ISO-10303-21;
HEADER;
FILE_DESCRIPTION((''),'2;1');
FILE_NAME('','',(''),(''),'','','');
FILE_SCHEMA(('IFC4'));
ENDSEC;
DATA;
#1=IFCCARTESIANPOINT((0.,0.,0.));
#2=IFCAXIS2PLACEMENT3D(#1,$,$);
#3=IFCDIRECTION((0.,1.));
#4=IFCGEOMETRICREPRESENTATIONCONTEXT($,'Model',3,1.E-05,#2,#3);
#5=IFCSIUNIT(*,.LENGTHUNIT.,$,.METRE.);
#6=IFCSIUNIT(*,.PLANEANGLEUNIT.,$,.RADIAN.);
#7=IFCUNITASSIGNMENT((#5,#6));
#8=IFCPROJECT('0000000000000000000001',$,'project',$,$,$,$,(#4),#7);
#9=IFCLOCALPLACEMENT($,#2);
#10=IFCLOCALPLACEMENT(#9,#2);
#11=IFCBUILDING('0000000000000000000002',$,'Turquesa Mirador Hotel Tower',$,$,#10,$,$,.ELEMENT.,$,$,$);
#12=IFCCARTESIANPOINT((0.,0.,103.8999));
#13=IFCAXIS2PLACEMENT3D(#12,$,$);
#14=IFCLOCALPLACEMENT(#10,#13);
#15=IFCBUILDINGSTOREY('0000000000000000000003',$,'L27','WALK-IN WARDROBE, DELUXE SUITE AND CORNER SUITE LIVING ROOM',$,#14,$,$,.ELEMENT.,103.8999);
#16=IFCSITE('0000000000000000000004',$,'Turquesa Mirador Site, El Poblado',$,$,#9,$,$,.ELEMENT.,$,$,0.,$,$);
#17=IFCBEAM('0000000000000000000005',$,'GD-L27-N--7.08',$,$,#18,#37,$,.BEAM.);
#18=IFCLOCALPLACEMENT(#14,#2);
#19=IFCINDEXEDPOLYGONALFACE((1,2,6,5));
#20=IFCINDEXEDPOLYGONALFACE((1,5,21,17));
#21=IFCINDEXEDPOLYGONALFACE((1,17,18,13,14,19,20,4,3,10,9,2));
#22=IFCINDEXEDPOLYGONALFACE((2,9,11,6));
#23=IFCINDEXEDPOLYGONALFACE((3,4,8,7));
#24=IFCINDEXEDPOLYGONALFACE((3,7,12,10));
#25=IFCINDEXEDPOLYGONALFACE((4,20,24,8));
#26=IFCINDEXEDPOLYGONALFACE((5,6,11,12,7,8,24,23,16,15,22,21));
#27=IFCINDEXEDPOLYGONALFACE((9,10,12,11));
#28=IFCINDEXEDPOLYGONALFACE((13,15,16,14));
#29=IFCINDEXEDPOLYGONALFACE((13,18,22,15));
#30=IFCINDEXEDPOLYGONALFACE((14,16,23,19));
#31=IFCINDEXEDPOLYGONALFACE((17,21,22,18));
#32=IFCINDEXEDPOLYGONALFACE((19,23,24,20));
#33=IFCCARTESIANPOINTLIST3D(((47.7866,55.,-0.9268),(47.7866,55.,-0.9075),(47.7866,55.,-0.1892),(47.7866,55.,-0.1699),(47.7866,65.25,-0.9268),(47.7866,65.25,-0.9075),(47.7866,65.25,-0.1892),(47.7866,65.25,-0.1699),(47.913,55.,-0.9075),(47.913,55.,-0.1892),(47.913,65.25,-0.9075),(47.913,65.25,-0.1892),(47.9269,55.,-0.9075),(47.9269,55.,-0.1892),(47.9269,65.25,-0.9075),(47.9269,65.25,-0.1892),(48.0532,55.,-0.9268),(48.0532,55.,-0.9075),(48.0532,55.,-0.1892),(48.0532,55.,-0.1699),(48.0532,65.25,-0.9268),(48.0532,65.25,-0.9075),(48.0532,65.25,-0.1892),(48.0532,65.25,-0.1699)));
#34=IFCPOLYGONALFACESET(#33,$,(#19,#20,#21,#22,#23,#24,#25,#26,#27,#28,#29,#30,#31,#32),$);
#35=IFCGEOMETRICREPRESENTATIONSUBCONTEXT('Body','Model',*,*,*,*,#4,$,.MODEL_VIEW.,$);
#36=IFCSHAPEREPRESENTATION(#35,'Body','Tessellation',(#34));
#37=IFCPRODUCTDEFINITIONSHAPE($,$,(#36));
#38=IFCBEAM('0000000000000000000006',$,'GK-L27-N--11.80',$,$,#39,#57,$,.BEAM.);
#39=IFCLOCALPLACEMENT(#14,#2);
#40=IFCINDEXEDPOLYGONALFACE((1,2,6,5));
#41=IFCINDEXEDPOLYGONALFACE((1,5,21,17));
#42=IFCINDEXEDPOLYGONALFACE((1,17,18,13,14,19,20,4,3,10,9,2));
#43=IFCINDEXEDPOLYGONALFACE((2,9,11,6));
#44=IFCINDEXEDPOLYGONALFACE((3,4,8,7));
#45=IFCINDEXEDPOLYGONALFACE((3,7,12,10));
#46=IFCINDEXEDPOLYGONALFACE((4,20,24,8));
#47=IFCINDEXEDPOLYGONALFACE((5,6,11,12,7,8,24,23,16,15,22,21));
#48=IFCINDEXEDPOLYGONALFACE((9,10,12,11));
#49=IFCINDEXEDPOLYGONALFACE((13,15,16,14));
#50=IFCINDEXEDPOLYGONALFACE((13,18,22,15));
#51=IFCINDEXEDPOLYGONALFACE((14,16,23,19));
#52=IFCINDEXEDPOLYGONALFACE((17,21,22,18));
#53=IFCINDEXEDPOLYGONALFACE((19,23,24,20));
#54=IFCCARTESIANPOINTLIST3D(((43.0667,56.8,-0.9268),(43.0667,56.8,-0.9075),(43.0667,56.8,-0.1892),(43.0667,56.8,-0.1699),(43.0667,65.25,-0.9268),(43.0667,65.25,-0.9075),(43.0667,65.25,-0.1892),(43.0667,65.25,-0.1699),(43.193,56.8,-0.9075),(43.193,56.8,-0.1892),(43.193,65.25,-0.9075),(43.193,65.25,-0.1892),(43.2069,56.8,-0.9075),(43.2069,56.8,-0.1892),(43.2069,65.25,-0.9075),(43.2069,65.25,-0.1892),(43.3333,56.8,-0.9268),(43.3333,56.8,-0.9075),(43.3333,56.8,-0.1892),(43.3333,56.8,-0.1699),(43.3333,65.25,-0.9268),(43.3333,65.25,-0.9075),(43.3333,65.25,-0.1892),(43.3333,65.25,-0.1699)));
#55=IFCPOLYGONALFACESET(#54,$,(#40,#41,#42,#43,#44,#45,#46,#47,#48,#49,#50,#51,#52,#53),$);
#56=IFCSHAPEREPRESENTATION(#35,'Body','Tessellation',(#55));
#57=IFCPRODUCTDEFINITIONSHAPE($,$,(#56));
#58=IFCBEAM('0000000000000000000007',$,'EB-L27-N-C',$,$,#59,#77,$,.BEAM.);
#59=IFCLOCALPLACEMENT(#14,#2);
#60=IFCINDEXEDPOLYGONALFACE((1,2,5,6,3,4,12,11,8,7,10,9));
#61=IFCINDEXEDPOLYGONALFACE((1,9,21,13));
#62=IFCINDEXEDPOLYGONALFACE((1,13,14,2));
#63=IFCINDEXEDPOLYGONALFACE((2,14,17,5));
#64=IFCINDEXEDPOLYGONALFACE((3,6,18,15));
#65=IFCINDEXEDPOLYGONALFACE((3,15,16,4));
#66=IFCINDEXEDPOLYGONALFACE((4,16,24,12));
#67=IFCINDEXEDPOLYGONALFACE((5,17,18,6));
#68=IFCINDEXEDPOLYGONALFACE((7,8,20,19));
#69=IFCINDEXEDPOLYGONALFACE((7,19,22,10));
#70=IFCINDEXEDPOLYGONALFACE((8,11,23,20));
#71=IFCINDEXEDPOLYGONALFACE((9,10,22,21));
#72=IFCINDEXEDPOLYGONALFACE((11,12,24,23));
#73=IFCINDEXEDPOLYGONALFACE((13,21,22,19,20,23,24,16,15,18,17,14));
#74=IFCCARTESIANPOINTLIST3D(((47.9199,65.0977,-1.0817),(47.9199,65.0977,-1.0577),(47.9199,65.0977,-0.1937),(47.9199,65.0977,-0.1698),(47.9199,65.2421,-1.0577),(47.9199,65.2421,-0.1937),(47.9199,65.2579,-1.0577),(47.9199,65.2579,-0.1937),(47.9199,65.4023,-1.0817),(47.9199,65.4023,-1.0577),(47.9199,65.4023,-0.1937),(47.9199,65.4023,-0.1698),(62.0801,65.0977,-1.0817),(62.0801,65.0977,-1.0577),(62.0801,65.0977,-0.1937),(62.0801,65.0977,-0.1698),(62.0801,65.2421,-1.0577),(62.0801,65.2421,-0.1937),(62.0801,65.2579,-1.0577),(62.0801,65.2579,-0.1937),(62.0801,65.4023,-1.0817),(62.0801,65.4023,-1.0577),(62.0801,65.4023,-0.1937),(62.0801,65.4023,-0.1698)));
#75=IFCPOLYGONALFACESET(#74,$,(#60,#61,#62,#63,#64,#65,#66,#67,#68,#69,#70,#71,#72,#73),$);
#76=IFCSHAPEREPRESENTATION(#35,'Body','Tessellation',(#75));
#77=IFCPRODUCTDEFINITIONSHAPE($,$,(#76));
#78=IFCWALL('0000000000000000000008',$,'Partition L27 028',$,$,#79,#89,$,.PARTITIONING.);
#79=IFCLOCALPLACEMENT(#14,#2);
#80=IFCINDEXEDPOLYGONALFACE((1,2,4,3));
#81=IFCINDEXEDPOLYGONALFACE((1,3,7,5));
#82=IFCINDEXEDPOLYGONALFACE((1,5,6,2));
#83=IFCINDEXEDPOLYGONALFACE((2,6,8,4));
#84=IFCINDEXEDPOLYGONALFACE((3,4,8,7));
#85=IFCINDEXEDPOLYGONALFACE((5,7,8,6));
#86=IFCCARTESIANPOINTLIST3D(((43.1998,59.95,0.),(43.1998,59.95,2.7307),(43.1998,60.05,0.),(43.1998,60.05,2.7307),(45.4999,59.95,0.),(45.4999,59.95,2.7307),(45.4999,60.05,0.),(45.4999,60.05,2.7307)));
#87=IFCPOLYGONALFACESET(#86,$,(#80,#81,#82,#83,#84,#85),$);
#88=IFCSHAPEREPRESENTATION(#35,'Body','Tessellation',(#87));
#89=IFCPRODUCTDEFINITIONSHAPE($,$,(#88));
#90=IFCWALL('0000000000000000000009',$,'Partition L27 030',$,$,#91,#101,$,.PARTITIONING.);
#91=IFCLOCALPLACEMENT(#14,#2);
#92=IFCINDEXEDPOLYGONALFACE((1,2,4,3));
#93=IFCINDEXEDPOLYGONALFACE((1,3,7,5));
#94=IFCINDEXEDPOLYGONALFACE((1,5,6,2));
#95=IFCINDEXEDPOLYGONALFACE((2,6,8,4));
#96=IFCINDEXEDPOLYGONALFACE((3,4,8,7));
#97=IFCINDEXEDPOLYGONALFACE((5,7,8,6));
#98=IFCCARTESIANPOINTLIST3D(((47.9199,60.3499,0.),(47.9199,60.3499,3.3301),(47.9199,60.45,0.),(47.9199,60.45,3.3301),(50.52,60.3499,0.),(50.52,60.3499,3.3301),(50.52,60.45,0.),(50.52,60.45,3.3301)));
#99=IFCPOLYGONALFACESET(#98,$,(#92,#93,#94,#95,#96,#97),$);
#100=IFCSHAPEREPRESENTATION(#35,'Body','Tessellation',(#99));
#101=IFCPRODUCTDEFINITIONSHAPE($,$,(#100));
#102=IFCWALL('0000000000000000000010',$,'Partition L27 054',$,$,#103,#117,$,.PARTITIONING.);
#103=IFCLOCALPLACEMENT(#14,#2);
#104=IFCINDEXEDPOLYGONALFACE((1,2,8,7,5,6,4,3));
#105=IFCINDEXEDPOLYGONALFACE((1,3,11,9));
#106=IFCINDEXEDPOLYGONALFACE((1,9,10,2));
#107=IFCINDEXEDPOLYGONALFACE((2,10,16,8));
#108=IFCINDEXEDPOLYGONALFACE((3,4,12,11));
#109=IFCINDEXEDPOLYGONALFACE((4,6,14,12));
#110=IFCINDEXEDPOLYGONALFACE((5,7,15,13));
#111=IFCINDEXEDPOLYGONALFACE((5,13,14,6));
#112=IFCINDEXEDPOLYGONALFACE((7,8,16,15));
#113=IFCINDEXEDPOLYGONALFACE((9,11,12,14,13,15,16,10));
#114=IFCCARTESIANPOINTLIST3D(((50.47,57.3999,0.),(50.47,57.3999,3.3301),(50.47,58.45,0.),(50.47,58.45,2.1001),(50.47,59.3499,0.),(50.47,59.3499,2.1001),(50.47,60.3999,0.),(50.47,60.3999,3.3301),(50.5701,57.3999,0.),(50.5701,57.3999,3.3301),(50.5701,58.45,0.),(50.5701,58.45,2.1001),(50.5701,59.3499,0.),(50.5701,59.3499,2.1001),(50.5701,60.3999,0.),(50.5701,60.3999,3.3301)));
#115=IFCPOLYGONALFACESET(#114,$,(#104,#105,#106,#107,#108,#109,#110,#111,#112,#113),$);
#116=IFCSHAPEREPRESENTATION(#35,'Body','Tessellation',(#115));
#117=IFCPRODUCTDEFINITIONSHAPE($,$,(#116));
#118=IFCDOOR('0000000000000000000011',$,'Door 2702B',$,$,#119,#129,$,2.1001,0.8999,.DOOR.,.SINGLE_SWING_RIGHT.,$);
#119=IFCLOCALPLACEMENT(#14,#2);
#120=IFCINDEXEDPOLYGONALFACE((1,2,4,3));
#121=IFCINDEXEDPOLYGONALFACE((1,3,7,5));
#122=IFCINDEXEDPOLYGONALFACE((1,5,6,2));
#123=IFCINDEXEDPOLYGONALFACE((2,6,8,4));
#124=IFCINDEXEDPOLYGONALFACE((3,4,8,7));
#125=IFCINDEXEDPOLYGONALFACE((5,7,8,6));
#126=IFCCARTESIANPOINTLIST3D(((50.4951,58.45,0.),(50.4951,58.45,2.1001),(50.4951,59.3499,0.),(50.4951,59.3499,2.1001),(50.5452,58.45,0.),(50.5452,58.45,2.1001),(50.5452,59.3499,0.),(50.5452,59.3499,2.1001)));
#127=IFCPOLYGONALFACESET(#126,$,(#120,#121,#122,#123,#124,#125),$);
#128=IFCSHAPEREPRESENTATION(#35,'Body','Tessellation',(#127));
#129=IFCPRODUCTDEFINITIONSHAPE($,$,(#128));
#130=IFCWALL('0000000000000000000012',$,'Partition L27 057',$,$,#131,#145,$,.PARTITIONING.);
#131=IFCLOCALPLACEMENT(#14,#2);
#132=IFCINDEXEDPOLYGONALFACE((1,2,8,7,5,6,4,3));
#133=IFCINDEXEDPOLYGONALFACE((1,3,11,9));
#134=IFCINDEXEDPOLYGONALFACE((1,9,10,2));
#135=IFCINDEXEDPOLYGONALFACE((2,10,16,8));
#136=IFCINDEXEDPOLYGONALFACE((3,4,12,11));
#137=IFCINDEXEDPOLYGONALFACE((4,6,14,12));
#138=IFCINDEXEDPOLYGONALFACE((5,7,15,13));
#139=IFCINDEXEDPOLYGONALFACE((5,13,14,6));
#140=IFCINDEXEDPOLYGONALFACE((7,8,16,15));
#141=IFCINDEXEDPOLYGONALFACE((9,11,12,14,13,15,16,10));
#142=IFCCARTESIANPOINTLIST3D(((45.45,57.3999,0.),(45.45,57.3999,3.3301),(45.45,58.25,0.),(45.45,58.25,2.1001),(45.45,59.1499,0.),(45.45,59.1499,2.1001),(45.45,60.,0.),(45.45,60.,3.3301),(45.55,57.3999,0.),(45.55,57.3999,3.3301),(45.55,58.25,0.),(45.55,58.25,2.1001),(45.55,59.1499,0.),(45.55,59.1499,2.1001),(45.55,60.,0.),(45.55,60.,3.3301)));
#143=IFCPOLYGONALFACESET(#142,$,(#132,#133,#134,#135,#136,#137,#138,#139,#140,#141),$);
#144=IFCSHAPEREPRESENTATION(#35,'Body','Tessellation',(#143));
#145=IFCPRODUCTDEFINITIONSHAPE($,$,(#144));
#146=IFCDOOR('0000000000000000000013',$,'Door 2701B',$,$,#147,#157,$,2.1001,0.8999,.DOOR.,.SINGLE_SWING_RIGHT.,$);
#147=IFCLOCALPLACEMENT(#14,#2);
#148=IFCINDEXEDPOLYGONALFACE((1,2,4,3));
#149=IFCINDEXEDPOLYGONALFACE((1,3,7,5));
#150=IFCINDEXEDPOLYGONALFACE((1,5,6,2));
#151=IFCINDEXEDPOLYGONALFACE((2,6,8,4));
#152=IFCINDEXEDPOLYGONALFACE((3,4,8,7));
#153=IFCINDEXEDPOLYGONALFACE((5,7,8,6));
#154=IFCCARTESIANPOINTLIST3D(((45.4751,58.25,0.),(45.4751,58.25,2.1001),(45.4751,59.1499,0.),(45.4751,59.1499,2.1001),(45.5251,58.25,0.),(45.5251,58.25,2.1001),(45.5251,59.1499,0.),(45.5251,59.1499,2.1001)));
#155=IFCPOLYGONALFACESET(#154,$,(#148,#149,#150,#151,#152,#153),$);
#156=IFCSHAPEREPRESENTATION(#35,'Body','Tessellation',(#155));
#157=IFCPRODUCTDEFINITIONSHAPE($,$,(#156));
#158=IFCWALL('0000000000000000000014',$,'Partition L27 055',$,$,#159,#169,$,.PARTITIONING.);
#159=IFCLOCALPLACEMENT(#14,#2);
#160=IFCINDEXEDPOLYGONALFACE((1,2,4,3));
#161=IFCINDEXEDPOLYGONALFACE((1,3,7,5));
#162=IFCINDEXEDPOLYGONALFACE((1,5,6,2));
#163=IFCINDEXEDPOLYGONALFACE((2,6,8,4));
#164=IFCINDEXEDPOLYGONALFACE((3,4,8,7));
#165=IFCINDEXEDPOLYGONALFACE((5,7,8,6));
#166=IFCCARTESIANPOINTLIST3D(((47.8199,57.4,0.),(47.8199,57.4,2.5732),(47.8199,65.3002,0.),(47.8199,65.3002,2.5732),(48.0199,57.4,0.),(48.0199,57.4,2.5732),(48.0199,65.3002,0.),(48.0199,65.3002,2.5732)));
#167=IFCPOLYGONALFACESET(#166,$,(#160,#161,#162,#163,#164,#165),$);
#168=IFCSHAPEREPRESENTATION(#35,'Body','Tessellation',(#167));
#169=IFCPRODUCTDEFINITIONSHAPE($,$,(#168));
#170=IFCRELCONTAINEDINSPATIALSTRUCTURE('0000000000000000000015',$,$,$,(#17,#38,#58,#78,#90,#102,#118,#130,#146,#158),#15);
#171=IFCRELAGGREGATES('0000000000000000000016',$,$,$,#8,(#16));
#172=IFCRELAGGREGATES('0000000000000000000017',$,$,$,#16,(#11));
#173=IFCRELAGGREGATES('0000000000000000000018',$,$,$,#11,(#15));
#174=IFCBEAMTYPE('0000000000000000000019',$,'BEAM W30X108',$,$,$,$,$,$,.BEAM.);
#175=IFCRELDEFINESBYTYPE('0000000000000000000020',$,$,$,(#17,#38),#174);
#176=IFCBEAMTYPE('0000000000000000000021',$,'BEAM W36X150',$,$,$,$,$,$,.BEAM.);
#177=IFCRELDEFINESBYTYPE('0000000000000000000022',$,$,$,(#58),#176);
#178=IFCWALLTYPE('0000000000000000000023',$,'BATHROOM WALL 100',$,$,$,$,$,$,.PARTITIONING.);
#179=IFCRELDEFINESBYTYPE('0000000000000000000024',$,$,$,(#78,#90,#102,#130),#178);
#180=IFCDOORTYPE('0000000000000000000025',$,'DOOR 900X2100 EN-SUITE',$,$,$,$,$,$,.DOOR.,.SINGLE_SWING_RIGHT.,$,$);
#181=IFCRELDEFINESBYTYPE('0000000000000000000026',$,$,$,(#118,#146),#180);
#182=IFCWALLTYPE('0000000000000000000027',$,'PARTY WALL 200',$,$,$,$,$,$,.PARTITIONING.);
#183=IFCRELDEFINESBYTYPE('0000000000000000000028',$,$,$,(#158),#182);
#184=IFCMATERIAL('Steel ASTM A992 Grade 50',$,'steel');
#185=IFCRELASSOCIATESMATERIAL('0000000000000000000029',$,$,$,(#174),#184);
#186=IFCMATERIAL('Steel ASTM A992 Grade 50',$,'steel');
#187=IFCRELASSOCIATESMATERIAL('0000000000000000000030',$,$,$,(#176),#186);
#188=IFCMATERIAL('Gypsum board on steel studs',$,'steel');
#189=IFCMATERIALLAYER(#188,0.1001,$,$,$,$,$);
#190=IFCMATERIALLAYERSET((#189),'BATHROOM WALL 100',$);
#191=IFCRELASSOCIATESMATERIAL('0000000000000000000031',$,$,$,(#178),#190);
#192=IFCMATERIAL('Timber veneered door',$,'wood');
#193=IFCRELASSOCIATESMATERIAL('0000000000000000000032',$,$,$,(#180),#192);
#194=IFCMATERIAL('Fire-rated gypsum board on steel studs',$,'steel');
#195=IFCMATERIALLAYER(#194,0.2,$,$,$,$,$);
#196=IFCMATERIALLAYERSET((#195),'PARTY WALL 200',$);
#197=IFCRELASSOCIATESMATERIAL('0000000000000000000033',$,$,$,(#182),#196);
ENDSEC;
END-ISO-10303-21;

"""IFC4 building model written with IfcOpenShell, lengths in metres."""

from ifc_helpers import new_model, si_unit, direction, frame, frame_2d, origin, origin_2d, place, context, subcontext, project, spatial, rectangle, i_section, extrude, material, layer, layer_set, material_profile, profile_set, type_object, element, fill, save


model = new_model("IFC4")

# Units and contexts
model_context = context("Model", 3, precision=1e-05, world=origin(), true_north=direction((0.0, 1.0)))
body_context = subcontext(model_context, "Body", "Model", "MODEL_VIEW")
ifc_project = project(units=[si_unit("LENGTHUNIT", "METRE"), si_unit("PLANEANGLEUNIT", "RADIAN")], contexts=[model_context])

# Site, building, storey
site_placement = place(None, origin())
site = spatial("IfcSite", under=ifc_project, at=site_placement, Name="Turquesa Mirador Site, El Poblado", CompositionType="ELEMENT", RefElevation=0.0)
building_placement = place(site_placement, origin())
building = spatial("IfcBuilding", under=site, at=building_placement, Name="Turquesa Mirador Hotel Tower", CompositionType="ELEMENT")
storey_placement = place(building_placement, frame((0.0, 0.0, 103.8999)))
storey = spatial("IfcBuildingStorey", under=building, at=storey_placement, Name="L27", Description="WALK-IN WARDROBE, DELUXE SUITE AND CORNER SUITE LIVING ROOM", CompositionType="ELEMENT", Elevation=103.8999)

# Beams
ifc_material_1 = material(Name="Steel ASTM A992 Grade 50", Category="steel")
ifc_material_profile_1 = material_profile(ifc_material_1, i_section(OverallWidth=0.2666, OverallDepth=0.7568, WebThickness=0.0139, FlangeThickness=0.0193, at=origin_2d()), Name="W30X108")
ifc_profile_set_1 = profile_set([ifc_material_profile_1], Name="Steel ASTM A992 Grade 50")
beam_type_1 = type_object("IfcBeamType", Name="BEAM W30X108", PredefinedType="BEAM", material=ifc_profile_set_1)
beam_1_placement = place(storey_placement, frame((47.9199, 65.25, -0.5483), z_axis=(0.0, -1.0, 0.0), x_axis=(1.0, 0.0, 0.0)))
element("IfcBeam", 1, at=beam_1_placement, inside=storey, type_object=beam_type_1, Name="GD-L27-N--7.08", PredefinedType="BEAM", context=body_context, shape_type="SweptSolid", body=[
    extrude(i_section(OverallWidth=0.2666, OverallDepth=0.7568, WebThickness=0.0139, FlangeThickness=0.0193, at=origin_2d()), origin(), (0.0, 0.0, 1.0), 10.25),
])
beam_2_placement = place(storey_placement, frame((43.2, 65.25, -0.5483), z_axis=(0.0, -1.0, 0.0), x_axis=(1.0, 0.0, 0.0)))
element("IfcBeam", 2, at=beam_2_placement, inside=storey, type_object=beam_type_1, Name="GK-L27-N--11.80", PredefinedType="BEAM", context=body_context, shape_type="SweptSolid", body=[
    extrude(i_section(OverallWidth=0.2666, OverallDepth=0.7568, WebThickness=0.0139, FlangeThickness=0.0193, at=origin_2d()), origin(), (0.0, 0.0, 1.0), 8.45),
])
ifc_material_2 = material(Name="Steel ASTM A992 Grade 50", Category="steel")
ifc_material_profile_2 = material_profile(ifc_material_2, i_section(OverallWidth=0.3047, OverallDepth=0.9119, WebThickness=0.0159, FlangeThickness=0.0239, at=origin_2d()), Name="W36X150")
ifc_profile_set_2 = profile_set([ifc_material_profile_2], Name="Steel ASTM A992 Grade 50")
beam_type_2 = type_object("IfcBeamType", Name="BEAM W36X150", PredefinedType="BEAM", material=ifc_profile_set_2)
beam_3_placement = place(storey_placement, frame((47.9199, 65.25, -0.6257), z_axis=(1.0, 0.0, 0.0), x_axis=(0.0, 1.0, 0.0)))
element("IfcBeam", 3, at=beam_3_placement, inside=storey, type_object=beam_type_2, Name="EB-L27-N-C", PredefinedType="BEAM", context=body_context, shape_type="SweptSolid", body=[
    extrude(i_section(OverallWidth=0.3047, OverallDepth=0.9119, WebThickness=0.0159, FlangeThickness=0.0239, at=origin_2d()), origin(), (0.0, 0.0, 1.0), 14.1602),
])

# Walls
ifc_material_3 = material(Name="Gypsum board on steel studs", Category="steel")
ifc_layer_1 = layer(ifc_material_3, 0.1001)
ifc_layer_set_1 = layer_set([ifc_layer_1], Name="BATHROOM WALL 100")
wall_type_1 = type_object("IfcWallType", Name="BATHROOM WALL 100", PredefinedType="PARTITIONING", material=ifc_layer_set_1)
wall_1_placement = place(storey_placement, frame((43.2, 60.0, 0.0), z_axis=(0.0, 0.0, 1.0), x_axis=(1.0, 0.0, 0.0)))
element("IfcWall", 4, at=wall_1_placement, inside=storey, type_object=wall_type_1, Name="Partition L27 028", PredefinedType="PARTITIONING", context=body_context, shape_type="SweptSolid", body=[
    extrude(rectangle(XDim=2.3, YDim=0.1001, at=frame_2d((1.1499, 0.0))), origin(), (0.0, 0.0, 1.0), 2.7307),
])
wall_2_placement = place(storey_placement, frame((47.9199, 60.3999, 0.0), z_axis=(0.0, 0.0, 1.0), x_axis=(1.0, 0.0, 0.0)))
element("IfcWall", 5, at=wall_2_placement, inside=storey, type_object=wall_type_1, Name="Partition L27 030", PredefinedType="PARTITIONING", context=body_context, shape_type="SweptSolid", body=[
    extrude(rectangle(XDim=2.6001, YDim=0.1001, at=frame_2d((1.3, 0.0))), origin(), (0.0, 0.0, 1.0), 3.3301),
])

# Walls, openings, doors
wall_3_placement = place(storey_placement, frame((50.52, 57.3999, 0.0), z_axis=(0.0, 0.0, 1.0), x_axis=(0.0, 1.0, 0.0)))
wall_3 = element("IfcWall", 6, at=wall_3_placement, inside=storey, type_object=wall_type_1, Name="Partition L27 054", PredefinedType="PARTITIONING", context=body_context, shape_type="SweptSolid", body=[
    extrude(rectangle(XDim=3.0, YDim=0.1001, at=frame_2d((1.5, 0.0))), origin(), (0.0, 0.0, 1.0), 3.3301),
])
opening_1_placement = place(wall_3_placement, frame((1.05, 0.0, 0.0)))
opening_1 = element("IfcOpeningElement", 7, at=opening_1_placement, cuts=wall_3, PredefinedType="OPENING", context=body_context, shape_type="SweptSolid", body=[
    extrude(rectangle(XDim=0.8999, YDim=2.1001, at=frame_2d((0.45, 1.05))), frame((0.0, 0.0601, 0.0), z_axis=(0.0, -1.0, 0.0), x_axis=(1.0, 0.0, 0.0)), (0.0, 0.0, 1.0), 0.1201),
])
ifc_material_4 = material(Name="Timber veneered door", Category="wood")
door_type = type_object("IfcDoorType", Name="DOOR 900X2100 EN-SUITE", OperationType="SINGLE_SWING_RIGHT", PredefinedType="DOOR", material=ifc_material_4)
door_1_placement = place(opening_1_placement, origin())
door_1 = element("IfcDoor", 8, at=door_1_placement, inside=storey, type_object=door_type, Name="Door 2702B", OperationType="SINGLE_SWING_RIGHT", OverallHeight=2.1001, OverallWidth=0.8999, PredefinedType="DOOR", context=body_context, shape_type="SweptSolid", body=[
    extrude(rectangle(XDim=0.8999, YDim=2.1001, at=frame_2d((0.45, 1.05))), frame((0.0, 0.0249, 0.0), z_axis=(0.0, -1.0, 0.0), x_axis=(1.0, 0.0, 0.0)), (0.0, 0.0, 1.0), 0.05),
])
fill(opening_1, door_1)
wall_4_placement = place(storey_placement, frame((45.5, 57.3999, 0.0), z_axis=(0.0, 0.0, 1.0), x_axis=(0.0, 1.0, 0.0)))
wall_4 = element("IfcWall", 9, at=wall_4_placement, inside=storey, type_object=wall_type_1, Name="Partition L27 057", PredefinedType="PARTITIONING", context=body_context, shape_type="SweptSolid", body=[
    extrude(rectangle(XDim=2.6001, YDim=0.1001, at=frame_2d((1.3, 0.0))), origin(), (0.0, 0.0, 1.0), 3.3301),
])
opening_2_placement = place(wall_4_placement, frame((0.8501, 0.0, 0.0)))
opening_2 = element("IfcOpeningElement", 10, at=opening_2_placement, cuts=wall_4, PredefinedType="OPENING", context=body_context, shape_type="SweptSolid", body=[
    extrude(rectangle(XDim=0.8999, YDim=2.1001, at=frame_2d((0.45, 1.05))), frame((0.0, 0.0601, 0.0), z_axis=(0.0, -1.0, 0.0), x_axis=(1.0, 0.0, 0.0)), (0.0, 0.0, 1.0), 0.1201),
])
door_2_placement = place(opening_2_placement, origin())
door_2 = element("IfcDoor", 11, at=door_2_placement, inside=storey, type_object=door_type, Name="Door 2701B", OperationType="SINGLE_SWING_RIGHT", OverallHeight=2.1001, OverallWidth=0.8999, PredefinedType="DOOR", context=body_context, shape_type="SweptSolid", body=[
    extrude(rectangle(XDim=0.8999, YDim=2.1001, at=frame_2d((0.45, 1.05))), frame((0.0, 0.0249, 0.0), z_axis=(0.0, -1.0, 0.0), x_axis=(1.0, 0.0, 0.0)), (0.0, 0.0, 1.0), 0.05),
])
fill(opening_2, door_2)

# Wall
ifc_material_5 = material(Name="Fire-rated gypsum board on steel studs", Category="steel")
ifc_layer_2 = layer(ifc_material_5, 0.2)
ifc_layer_set_2 = layer_set([ifc_layer_2], Name="PARTY WALL 200")
wall_type_2 = type_object("IfcWallType", Name="PARTY WALL 200", PredefinedType="PARTITIONING", material=ifc_layer_set_2)
wall_5_placement = place(storey_placement, frame((47.9199, 57.3999, 0.0), z_axis=(0.0, 0.0, 1.0), x_axis=(0.0, 1.0, 0.0)))
element("IfcWall", 12, at=wall_5_placement, inside=storey, type_object=wall_type_2, Name="Partition L27 055", PredefinedType="PARTITIONING", context=body_context, shape_type="SweptSolid", body=[
    extrude(rectangle(XDim=7.9001, YDim=0.2, at=frame_2d((3.9502, 0.0))), origin(), (0.0, 0.0, 1.0), 2.5732),
])

save(model, "model.ifc")
